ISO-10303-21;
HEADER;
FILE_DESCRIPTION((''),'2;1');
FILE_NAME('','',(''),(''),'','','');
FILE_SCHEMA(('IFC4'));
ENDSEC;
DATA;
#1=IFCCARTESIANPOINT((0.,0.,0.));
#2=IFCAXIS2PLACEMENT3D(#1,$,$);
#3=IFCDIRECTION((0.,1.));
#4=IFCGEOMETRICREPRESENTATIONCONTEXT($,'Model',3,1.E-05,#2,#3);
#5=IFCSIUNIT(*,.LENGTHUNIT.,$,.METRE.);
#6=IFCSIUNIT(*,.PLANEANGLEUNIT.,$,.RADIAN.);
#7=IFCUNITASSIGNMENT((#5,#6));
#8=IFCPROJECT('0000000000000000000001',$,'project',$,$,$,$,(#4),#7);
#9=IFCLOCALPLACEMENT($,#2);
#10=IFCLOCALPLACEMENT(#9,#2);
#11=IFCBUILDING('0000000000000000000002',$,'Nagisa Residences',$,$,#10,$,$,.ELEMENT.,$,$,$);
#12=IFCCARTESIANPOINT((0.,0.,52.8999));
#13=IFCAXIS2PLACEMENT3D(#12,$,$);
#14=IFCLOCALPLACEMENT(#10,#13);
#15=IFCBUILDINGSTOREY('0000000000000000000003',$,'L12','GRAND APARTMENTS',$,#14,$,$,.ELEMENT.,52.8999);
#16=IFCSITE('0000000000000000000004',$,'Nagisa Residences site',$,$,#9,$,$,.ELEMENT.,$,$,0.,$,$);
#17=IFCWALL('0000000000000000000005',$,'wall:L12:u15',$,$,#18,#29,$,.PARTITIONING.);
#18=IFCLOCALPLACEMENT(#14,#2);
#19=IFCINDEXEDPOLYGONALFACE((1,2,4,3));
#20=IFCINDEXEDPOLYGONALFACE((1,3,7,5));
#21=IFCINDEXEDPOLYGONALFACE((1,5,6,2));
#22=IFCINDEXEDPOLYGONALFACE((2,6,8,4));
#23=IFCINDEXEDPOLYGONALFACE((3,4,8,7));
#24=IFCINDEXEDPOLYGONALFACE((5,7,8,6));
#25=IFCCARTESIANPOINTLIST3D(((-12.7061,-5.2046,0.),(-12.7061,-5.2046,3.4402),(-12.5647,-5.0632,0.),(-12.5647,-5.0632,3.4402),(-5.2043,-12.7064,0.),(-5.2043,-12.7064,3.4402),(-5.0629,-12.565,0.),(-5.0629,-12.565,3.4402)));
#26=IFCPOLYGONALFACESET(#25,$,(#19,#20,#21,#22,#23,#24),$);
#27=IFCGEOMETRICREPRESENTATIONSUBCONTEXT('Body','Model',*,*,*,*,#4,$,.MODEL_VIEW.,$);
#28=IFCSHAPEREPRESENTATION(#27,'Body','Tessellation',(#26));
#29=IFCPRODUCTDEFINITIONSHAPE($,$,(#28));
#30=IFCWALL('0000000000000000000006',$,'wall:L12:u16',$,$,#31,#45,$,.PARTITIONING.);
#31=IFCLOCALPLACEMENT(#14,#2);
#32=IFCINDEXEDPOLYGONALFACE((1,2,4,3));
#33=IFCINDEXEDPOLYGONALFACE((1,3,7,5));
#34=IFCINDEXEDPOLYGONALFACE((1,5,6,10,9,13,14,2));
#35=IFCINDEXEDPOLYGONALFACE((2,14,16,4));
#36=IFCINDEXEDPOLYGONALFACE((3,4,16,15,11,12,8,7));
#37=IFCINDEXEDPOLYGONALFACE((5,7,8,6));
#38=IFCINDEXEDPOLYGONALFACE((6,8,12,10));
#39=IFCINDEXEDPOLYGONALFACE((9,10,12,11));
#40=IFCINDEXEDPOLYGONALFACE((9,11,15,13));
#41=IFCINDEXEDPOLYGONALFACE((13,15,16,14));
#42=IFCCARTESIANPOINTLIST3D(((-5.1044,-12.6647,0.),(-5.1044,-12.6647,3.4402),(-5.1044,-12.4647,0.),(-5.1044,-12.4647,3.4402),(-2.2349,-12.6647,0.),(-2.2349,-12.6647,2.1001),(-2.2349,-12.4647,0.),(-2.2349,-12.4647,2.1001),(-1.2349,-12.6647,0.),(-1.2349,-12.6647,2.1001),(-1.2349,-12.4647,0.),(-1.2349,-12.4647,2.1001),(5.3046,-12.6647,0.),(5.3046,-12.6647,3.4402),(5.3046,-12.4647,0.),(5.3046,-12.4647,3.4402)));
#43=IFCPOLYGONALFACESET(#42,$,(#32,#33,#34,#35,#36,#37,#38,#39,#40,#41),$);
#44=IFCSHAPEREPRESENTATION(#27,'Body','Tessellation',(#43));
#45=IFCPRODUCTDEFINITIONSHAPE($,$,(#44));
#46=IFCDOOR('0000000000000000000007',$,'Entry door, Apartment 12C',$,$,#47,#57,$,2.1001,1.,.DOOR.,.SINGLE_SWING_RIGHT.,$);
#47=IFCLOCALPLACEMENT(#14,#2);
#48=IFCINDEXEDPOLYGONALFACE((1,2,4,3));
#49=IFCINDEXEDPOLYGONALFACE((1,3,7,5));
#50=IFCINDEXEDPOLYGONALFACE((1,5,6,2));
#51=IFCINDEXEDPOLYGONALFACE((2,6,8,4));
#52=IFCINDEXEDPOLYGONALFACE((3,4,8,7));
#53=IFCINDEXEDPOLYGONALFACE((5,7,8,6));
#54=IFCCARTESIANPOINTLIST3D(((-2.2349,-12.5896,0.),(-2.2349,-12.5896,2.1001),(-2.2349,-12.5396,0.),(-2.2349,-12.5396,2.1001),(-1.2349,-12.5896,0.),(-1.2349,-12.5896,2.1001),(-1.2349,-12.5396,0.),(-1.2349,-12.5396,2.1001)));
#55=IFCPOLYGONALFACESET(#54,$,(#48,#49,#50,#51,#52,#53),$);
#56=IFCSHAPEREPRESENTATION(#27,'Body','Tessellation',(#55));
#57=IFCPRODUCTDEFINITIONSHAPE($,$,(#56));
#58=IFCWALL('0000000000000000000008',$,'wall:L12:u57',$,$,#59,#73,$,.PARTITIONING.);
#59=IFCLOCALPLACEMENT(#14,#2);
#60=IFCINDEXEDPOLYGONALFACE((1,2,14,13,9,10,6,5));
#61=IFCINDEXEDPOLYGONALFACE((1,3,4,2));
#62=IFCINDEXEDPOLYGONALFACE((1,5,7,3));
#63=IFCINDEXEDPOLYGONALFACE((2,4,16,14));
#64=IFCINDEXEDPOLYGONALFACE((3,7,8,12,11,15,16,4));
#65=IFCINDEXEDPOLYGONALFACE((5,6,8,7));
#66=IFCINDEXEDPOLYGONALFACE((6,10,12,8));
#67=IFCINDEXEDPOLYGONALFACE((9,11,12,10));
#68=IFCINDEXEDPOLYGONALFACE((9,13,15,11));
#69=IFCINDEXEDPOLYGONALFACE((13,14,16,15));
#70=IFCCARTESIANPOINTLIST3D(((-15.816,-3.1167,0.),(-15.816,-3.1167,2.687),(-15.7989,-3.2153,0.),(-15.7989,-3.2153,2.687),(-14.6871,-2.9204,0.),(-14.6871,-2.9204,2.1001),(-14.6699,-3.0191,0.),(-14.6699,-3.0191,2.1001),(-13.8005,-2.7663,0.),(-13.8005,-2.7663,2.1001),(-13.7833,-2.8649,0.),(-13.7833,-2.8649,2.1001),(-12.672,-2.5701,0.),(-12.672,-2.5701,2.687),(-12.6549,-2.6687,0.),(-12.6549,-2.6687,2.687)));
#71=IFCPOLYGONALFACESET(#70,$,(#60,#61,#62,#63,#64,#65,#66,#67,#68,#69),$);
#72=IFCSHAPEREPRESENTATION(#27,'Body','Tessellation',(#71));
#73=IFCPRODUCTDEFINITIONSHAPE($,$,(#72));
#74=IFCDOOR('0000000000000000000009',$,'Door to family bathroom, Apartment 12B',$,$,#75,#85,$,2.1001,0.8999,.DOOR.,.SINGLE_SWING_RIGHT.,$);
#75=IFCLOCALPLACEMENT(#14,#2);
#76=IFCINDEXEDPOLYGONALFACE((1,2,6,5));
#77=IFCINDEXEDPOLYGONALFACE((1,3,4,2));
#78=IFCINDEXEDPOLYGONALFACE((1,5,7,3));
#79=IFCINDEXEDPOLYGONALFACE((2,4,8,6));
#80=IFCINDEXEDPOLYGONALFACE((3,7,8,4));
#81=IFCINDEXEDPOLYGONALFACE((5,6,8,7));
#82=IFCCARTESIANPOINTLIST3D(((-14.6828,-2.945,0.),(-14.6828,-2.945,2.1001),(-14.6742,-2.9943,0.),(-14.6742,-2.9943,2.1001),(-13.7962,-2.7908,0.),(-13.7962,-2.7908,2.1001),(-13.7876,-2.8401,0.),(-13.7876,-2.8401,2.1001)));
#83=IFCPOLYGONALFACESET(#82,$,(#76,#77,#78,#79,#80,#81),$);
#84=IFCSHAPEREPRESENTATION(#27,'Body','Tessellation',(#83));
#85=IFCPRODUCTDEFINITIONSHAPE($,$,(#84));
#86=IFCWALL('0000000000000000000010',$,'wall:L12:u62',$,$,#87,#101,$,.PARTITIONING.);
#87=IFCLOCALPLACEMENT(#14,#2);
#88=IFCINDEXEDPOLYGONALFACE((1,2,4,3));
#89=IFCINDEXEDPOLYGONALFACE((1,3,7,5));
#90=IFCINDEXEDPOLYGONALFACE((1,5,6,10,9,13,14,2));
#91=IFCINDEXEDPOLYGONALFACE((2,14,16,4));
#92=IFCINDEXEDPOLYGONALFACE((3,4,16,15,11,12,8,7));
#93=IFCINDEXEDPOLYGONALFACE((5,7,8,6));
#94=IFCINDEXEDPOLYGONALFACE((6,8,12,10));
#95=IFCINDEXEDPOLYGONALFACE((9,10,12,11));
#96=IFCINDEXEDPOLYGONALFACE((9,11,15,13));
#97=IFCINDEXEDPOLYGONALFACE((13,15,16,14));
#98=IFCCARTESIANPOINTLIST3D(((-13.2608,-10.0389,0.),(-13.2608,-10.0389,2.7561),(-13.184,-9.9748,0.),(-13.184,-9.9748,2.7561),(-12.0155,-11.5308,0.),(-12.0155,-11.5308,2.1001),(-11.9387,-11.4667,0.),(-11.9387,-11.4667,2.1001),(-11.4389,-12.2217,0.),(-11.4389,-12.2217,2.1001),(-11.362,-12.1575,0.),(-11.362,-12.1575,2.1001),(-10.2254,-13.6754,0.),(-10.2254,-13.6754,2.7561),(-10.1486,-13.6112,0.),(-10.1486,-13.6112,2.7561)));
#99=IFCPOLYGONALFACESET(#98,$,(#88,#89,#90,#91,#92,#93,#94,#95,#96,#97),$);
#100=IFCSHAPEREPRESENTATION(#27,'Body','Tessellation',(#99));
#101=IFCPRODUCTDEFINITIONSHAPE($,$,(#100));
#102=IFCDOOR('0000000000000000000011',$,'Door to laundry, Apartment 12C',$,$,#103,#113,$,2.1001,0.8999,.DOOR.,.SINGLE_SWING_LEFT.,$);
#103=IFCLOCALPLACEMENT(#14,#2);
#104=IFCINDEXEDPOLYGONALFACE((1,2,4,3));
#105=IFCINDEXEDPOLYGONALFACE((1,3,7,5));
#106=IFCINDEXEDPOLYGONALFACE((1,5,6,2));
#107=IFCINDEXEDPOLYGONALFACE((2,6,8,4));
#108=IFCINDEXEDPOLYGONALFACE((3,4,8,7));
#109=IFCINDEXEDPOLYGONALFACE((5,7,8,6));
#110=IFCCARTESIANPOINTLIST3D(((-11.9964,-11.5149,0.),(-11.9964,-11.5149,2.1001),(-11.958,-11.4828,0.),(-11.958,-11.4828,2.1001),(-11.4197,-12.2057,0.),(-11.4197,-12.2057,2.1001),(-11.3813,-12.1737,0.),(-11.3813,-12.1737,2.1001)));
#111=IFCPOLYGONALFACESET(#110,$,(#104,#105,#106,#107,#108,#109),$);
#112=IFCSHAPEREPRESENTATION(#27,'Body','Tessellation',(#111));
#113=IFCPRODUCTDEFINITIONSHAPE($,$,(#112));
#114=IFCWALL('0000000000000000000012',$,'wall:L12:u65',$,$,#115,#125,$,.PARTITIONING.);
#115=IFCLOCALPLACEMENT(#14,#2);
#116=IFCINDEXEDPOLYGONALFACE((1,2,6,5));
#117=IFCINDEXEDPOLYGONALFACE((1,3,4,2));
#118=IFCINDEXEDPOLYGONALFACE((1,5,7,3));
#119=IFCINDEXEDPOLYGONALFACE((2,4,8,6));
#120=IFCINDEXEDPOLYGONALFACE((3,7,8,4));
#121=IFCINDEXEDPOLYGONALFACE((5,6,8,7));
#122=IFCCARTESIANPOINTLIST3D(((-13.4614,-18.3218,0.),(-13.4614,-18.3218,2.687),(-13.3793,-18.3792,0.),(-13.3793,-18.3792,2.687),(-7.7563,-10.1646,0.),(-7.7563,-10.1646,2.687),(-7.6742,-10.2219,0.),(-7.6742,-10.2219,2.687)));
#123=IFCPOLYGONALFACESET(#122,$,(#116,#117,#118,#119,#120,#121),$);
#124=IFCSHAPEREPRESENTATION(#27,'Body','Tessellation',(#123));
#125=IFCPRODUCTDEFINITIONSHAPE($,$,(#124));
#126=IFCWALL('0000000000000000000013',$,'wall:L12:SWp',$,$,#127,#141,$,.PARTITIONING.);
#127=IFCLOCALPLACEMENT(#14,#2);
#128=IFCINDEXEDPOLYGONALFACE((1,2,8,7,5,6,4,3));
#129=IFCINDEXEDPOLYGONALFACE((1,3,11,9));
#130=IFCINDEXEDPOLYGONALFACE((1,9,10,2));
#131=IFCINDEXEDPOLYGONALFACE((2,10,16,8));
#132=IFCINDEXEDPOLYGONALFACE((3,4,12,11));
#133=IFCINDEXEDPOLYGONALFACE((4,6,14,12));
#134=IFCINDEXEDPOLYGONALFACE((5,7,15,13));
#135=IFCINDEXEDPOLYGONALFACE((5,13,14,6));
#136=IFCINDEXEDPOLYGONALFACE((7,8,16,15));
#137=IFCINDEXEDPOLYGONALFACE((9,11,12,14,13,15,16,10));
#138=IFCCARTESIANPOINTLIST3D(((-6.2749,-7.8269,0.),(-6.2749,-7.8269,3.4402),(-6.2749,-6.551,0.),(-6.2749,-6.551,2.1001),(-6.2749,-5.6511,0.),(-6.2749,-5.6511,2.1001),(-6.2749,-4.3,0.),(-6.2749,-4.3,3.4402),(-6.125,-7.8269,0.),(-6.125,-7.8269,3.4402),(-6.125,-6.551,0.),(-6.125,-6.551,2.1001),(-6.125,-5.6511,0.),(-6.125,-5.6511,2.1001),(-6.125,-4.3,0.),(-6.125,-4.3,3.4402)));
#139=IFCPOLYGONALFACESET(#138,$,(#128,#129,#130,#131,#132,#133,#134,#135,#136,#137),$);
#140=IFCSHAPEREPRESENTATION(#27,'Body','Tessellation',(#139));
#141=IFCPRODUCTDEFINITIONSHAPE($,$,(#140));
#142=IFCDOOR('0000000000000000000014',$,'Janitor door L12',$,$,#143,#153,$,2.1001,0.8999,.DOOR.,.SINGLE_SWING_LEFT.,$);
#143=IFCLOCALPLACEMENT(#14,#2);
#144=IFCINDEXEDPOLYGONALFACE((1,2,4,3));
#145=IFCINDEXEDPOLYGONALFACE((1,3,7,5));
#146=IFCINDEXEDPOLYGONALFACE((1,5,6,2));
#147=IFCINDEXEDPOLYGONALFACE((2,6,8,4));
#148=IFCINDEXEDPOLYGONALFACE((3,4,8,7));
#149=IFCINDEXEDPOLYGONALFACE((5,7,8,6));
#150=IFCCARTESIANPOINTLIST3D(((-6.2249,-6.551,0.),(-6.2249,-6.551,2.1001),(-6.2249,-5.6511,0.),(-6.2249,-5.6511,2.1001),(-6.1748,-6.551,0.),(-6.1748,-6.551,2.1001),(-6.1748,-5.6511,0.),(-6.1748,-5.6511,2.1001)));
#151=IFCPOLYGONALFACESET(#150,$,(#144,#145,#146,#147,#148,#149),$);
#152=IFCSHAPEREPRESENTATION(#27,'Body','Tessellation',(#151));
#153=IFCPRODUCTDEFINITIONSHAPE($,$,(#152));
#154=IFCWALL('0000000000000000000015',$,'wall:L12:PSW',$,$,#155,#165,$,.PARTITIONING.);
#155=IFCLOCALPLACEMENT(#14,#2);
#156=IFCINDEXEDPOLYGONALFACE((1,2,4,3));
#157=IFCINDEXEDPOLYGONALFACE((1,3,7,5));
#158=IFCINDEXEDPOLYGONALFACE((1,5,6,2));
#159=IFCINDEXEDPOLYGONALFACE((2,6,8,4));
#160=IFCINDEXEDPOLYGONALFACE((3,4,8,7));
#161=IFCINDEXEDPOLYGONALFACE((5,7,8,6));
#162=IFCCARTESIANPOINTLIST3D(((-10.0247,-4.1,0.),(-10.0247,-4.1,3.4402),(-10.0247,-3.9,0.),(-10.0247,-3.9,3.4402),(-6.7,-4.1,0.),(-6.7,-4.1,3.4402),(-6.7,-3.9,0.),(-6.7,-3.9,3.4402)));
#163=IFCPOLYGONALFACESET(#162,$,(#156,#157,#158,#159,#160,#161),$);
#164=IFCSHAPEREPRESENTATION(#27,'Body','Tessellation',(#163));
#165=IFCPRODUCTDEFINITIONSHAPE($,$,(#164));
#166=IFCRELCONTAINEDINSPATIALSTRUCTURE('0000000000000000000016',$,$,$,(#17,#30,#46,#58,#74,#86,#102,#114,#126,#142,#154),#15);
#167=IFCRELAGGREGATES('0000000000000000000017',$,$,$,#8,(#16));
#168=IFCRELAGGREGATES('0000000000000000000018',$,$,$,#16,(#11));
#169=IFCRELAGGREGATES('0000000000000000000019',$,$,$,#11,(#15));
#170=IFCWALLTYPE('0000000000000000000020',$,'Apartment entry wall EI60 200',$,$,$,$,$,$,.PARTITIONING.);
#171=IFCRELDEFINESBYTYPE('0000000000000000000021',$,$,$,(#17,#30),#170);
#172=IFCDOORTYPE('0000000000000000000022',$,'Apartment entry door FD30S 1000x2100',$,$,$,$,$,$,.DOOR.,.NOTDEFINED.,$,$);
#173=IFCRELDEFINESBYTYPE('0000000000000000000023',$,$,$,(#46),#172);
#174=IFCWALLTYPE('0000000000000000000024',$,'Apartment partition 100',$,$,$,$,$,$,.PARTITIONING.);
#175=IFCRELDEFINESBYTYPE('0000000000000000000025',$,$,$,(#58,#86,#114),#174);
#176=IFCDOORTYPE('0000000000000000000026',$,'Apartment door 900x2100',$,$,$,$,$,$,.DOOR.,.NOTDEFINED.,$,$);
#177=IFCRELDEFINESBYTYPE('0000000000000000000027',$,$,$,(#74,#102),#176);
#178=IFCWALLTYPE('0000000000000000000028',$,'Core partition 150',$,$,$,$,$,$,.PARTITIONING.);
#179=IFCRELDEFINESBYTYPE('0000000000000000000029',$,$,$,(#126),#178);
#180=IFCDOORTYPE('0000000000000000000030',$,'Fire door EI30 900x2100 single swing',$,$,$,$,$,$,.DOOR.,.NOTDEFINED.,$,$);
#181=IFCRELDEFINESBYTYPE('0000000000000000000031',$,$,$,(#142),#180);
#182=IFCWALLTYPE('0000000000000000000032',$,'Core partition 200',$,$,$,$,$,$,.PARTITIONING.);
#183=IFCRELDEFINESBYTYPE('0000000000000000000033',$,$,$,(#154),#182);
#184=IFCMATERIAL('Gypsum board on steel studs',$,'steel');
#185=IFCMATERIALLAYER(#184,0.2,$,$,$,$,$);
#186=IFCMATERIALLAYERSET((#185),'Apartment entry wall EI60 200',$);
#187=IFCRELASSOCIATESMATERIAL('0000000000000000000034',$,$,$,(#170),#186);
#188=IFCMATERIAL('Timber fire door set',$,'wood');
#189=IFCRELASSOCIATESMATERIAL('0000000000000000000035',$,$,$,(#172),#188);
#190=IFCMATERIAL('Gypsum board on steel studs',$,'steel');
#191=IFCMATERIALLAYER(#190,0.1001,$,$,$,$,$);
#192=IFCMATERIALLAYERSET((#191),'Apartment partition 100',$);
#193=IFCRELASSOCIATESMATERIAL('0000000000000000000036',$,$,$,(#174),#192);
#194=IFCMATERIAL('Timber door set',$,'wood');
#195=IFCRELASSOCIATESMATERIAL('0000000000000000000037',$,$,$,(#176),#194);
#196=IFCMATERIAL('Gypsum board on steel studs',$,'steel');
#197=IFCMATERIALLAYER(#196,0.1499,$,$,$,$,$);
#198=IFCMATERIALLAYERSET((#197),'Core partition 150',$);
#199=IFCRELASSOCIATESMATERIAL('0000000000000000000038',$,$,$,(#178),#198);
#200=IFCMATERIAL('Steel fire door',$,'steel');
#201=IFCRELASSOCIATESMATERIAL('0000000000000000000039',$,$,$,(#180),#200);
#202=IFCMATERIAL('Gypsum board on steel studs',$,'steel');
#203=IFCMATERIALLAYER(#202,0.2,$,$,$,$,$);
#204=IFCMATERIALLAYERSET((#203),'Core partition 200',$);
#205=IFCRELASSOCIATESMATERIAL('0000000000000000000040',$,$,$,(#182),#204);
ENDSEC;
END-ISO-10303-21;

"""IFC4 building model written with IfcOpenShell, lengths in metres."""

from ifc_helpers import new_model, si_unit, direction, frame, frame_2d, origin, place, context, subcontext, project, spatial, rectangle, extrude, material, layer, layer_set, type_object, element, fill, save


model = new_model("IFC4")

# Units and contexts
model_context = context("Model", 3, precision=1e-05, world=origin(), true_north=direction((0.0, 1.0)))
body_context = subcontext(model_context, "Body", "Model", "MODEL_VIEW")
ifc_project = project(units=[si_unit("LENGTHUNIT", "METRE"), si_unit("PLANEANGLEUNIT", "RADIAN")], contexts=[model_context])

# Site, building, storey
site_placement = place(None, origin())
site = spatial("IfcSite", under=ifc_project, at=site_placement, Name="Nagisa Residences site", CompositionType="ELEMENT", RefElevation=0.0)
building_placement = place(site_placement, origin())
building = spatial("IfcBuilding", under=site, at=building_placement, Name="Nagisa Residences", CompositionType="ELEMENT")
storey_placement = place(building_placement, frame((0.0, 0.0, 52.8999)))
storey = spatial("IfcBuildingStorey", under=building, at=storey_placement, Name="L12", Description="GRAND APARTMENTS", CompositionType="ELEMENT", Elevation=52.8999)

# Wall
ifc_material_1 = material(Name="Gypsum board on steel studs", Category="steel")
ifc_layer_1 = layer(ifc_material_1, 0.2)
ifc_layer_set_1 = layer_set([ifc_layer_1], Name="Apartment entry wall EI60 200")
wall_type_1 = type_object("IfcWallType", Name="Apartment entry wall EI60 200", PredefinedType="PARTITIONING", material=ifc_layer_set_1)
wall_1_placement = place(storey_placement, frame((-12.6355, -5.1338, 0.0), z_axis=(0.0, 0.0, 1.0), x_axis=(0.707107, -0.707107, 0.0)))
element("IfcWall", 1, at=wall_1_placement, inside=storey, type_object=wall_type_1, Name="wall:L12:u15", PredefinedType="PARTITIONING", context=body_context, shape_type="SweptSolid", body=[
    extrude(rectangle(XDim=10.6091, YDim=0.2, at=frame_2d((5.3047, 0.0))), origin(), (0.0, 0.0, 1.0), 3.4402),
])

# Walls, openings, doors
wall_2_placement = place(storey_placement, frame((-5.1045, -12.5647, 0.0), z_axis=(0.0, 0.0, 1.0), x_axis=(1.0, 0.0, 0.0)))
wall_2 = element("IfcWall", 2, at=wall_2_placement, inside=storey, type_object=wall_type_1, Name="wall:L12:u16", PredefinedType="PARTITIONING", context=body_context, shape_type="SweptSolid", body=[
    extrude(rectangle(XDim=10.4089, YDim=0.2, at=frame_2d((5.2046, 0.0))), origin(), (0.0, 0.0, 1.0), 3.4402),
])
opening_1_placement = place(wall_2_placement, frame((2.8696, 0.0, 0.0)))
opening_1 = element("IfcOpeningElement", 3, at=opening_1_placement, cuts=wall_2, PredefinedType="OPENING", context=body_context, shape_type="SweptSolid", body=[
    extrude(rectangle(XDim=1.0, YDim=2.1001, at=frame_2d((0.5, 1.05))), frame((0.0, 0.1099, 0.0), z_axis=(0.0, -1.0, 0.0), x_axis=(1.0, 0.0, 0.0)), (0.0, 0.0, 1.0), 0.22),
])
ifc_material_2 = material(Name="Timber fire door set", Category="wood")
door_type_1 = type_object("IfcDoorType", Name="Apartment entry door FD30S 1000x2100", OperationType="NOTDEFINED", PredefinedType="DOOR", material=ifc_material_2)
door_1_placement = place(opening_1_placement, frame((1.0, 0.0, 0.0), x_axis=(-1.0, 0.0, 0.0)))
door_1 = element("IfcDoor", 4, at=door_1_placement, inside=storey, type_object=door_type_1, Name="Entry door, Apartment 12C", OperationType="SINGLE_SWING_RIGHT", OverallHeight=2.1001, OverallWidth=1.0, PredefinedType="DOOR", context=body_context, shape_type="SweptSolid", body=[
    extrude(rectangle(XDim=1.0, YDim=2.1001, at=frame_2d((0.5, 1.05))), frame((0.0, 0.0249, 0.0), z_axis=(0.0, -1.0, 0.0), x_axis=(1.0, 0.0, 0.0)), (0.0, 0.0, 1.0), 0.05),
])
fill(opening_1, door_1)
ifc_material_3 = material(Name="Gypsum board on steel studs", Category="steel")
ifc_layer_2 = layer(ifc_material_3, 0.1001)
ifc_layer_set_2 = layer_set([ifc_layer_2], Name="Apartment partition 100")
wall_type_2 = type_object("IfcWallType", Name="Apartment partition 100", PredefinedType="PARTITIONING", material=ifc_layer_set_2)
wall_3_placement = place(storey_placement, frame((-12.6633, -2.6194, 0.0), z_axis=(0.0, 0.0, 1.0), x_axis=(-0.98522, -0.171293, 0.0)))
wall_3 = element("IfcWall", 5, at=wall_3_placement, inside=storey, type_object=wall_type_2, Name="wall:L12:u57", PredefinedType="PARTITIONING", context=body_context, shape_type="SweptSolid", body=[
    extrude(rectangle(XDim=3.1912, YDim=0.1001, at=frame_2d((1.5957, 0.0))), origin(), (0.0, 0.0, 1.0), 2.687),
])
opening_2_placement = place(wall_3_placement, frame((1.1455, 0.0, 0.0)))
opening_2 = element("IfcOpeningElement", 6, at=opening_2_placement, cuts=wall_3, PredefinedType="OPENING", context=body_context, shape_type="SweptSolid", body=[
    extrude(rectangle(XDim=0.8999, YDim=2.1001, at=frame_2d((0.45, 1.05))), frame((0.0, 0.0601, 0.0), z_axis=(0.0, -1.0, 0.0), x_axis=(1.0, 0.0, 0.0)), (0.0, 0.0, 1.0), 0.1201),
])
ifc_material_4 = material(Name="Timber door set", Category="wood")
door_type_2 = type_object("IfcDoorType", Name="Apartment door 900x2100", OperationType="NOTDEFINED", PredefinedType="DOOR", material=ifc_material_4)
door_2_placement = place(opening_2_placement, origin())
door_2 = element("IfcDoor", 7, at=door_2_placement, inside=storey, type_object=door_type_2, Name="Door to family bathroom, Apartment 12B", OperationType="SINGLE_SWING_RIGHT", OverallHeight=2.1001, OverallWidth=0.8999, PredefinedType="DOOR", context=body_context, shape_type="SweptSolid", body=[
    extrude(rectangle(XDim=0.8999, YDim=2.1001, at=frame_2d((0.45, 1.05))), frame((0.0, 0.0249, 0.0), z_axis=(0.0, -1.0, 0.0), x_axis=(1.0, 0.0, 0.0)), (0.0, 0.0, 1.0), 0.05),
])
fill(opening_2, door_2)
wall_4_placement = place(storey_placement, frame((-13.2224, -10.0068, 0.0), z_axis=(0.0, 0.0, 1.0), x_axis=(0.640808, -0.767701, 0.0)))
wall_4 = element("IfcWall", 8, at=wall_4_placement, inside=storey, type_object=wall_type_2, Name="wall:L12:u62", PredefinedType="PARTITIONING", context=body_context, shape_type="SweptSolid", body=[
    extrude(rectangle(XDim=4.7368, YDim=0.1001, at=frame_2d((2.3684, 0.0))), origin(), (0.0, 0.0, 1.0), 2.7561),
])
opening_3_placement = place(wall_4_placement, frame((1.9434, 0.0, 0.0)))
opening_3 = element("IfcOpeningElement", 9, at=opening_3_placement, cuts=wall_4, PredefinedType="OPENING", context=body_context, shape_type="SweptSolid", body=[
    extrude(rectangle(XDim=0.8999, YDim=2.1001, at=frame_2d((0.45, 1.05))), frame((0.0, 0.0601, 0.0), z_axis=(0.0, -1.0, 0.0), x_axis=(1.0, 0.0, 0.0)), (0.0, 0.0, 1.0), 0.1201),
])
door_3_placement = place(opening_3_placement, origin())
door_3 = element("IfcDoor", 10, at=door_3_placement, inside=storey, type_object=door_type_2, Name="Door to laundry, Apartment 12C", OperationType="SINGLE_SWING_LEFT", OverallHeight=2.1001, OverallWidth=0.8999, PredefinedType="DOOR", context=body_context, shape_type="SweptSolid", body=[
    extrude(rectangle(XDim=0.8999, YDim=2.1001, at=frame_2d((0.45, 1.05))), frame((0.0, 0.0249, 0.0), z_axis=(0.0, -1.0, 0.0), x_axis=(1.0, 0.0, 0.0)), (0.0, 0.0, 1.0), 0.05),
])
fill(opening_3, door_3)

# Wall
wall_5_placement = place(storey_placement, frame((-7.7153, -10.1934, 0.0), z_axis=(0.0, 0.0, 1.0), x_axis=(-0.573127, -0.819467, 0.0)))
element("IfcWall", 11, at=wall_5_placement, inside=storey, type_object=wall_type_2, Name="wall:L12:u65", PredefinedType="PARTITIONING", context=body_context, shape_type="SweptSolid", body=[
    extrude(rectangle(XDim=9.9543, YDim=0.1001, at=frame_2d((4.9771, 0.0))), origin(), (0.0, 0.0, 1.0), 2.687),
])

# Wall, opening, door
ifc_material_5 = material(Name="Gypsum board on steel studs", Category="steel")
ifc_layer_3 = layer(ifc_material_5, 0.1499)
ifc_layer_set_3 = layer_set([ifc_layer_3], Name="Core partition 150")
wall_type_3 = type_object("IfcWallType", Name="Core partition 150", PredefinedType="PARTITIONING", material=ifc_layer_set_3)
wall_6_placement = place(storey_placement, frame((-6.2, -7.8269, 0.0), z_axis=(0.0, 0.0, 1.0), x_axis=(0.0, 1.0, 0.0)))
wall_6 = element("IfcWall", 12, at=wall_6_placement, inside=storey, type_object=wall_type_3, Name="wall:L12:SWp", PredefinedType="PARTITIONING", context=body_context, shape_type="SweptSolid", body=[
    extrude(rectangle(XDim=3.5269, YDim=0.1499, at=frame_2d((1.7634, 0.0))), origin(), (0.0, 0.0, 1.0), 3.4402),
])
opening_4_placement = place(wall_6_placement, frame((1.2759, 0.0, 0.0)))
opening_4 = element("IfcOpeningElement", 13, at=opening_4_placement, cuts=wall_6, PredefinedType="OPENING", context=body_context, shape_type="SweptSolid", body=[
    extrude(rectangle(XDim=0.8999, YDim=2.1001, at=frame_2d((0.45, 1.05))), frame((0.0, 0.085, 0.0), z_axis=(0.0, -1.0, 0.0), x_axis=(1.0, 0.0, 0.0)), (0.0, 0.0, 1.0), 0.1699),
])
ifc_material_6 = material(Name="Steel fire door", Category="steel")
door_type_3 = type_object("IfcDoorType", Name="Fire door EI30 900x2100 single swing", OperationType="NOTDEFINED", PredefinedType="DOOR", material=ifc_material_6)
door_4_placement = place(opening_4_placement, origin())
door_4 = element("IfcDoor", 14, at=door_4_placement, inside=storey, type_object=door_type_3, Name="Janitor door L12", OperationType="SINGLE_SWING_LEFT", OverallHeight=2.1001, OverallWidth=0.8999, PredefinedType="DOOR", context=body_context, shape_type="SweptSolid", body=[
    extrude(rectangle(XDim=0.8999, YDim=2.1001, at=frame_2d((0.45, 1.05))), frame((0.0, 0.0249, 0.0), z_axis=(0.0, -1.0, 0.0), x_axis=(1.0, 0.0, 0.0)), (0.0, 0.0, 1.0), 0.05),
])
fill(opening_4, door_4)

# Wall
ifc_material_7 = material(Name="Gypsum board on steel studs", Category="steel")
ifc_layer_4 = layer(ifc_material_7, 0.2)
ifc_layer_set_4 = layer_set([ifc_layer_4], Name="Core partition 200")
wall_type_4 = type_object("IfcWallType", Name="Core partition 200", PredefinedType="PARTITIONING", material=ifc_layer_set_4)
wall_7_placement = place(storey_placement, frame((-10.0247, -4.0, 0.0), z_axis=(0.0, 0.0, 1.0), x_axis=(1.0, 0.0, 0.0)))
element("IfcWall", 15, at=wall_7_placement, inside=storey, type_object=wall_type_4, Name="wall:L12:PSW", PredefinedType="PARTITIONING", context=body_context, shape_type="SweptSolid", body=[
    extrude(rectangle(XDim=3.3247, YDim=0.2, at=frame_2d((1.6624, 0.0))), origin(), (0.0, 0.0, 1.0), 3.4402),
])

save(model, "model.ifc")
